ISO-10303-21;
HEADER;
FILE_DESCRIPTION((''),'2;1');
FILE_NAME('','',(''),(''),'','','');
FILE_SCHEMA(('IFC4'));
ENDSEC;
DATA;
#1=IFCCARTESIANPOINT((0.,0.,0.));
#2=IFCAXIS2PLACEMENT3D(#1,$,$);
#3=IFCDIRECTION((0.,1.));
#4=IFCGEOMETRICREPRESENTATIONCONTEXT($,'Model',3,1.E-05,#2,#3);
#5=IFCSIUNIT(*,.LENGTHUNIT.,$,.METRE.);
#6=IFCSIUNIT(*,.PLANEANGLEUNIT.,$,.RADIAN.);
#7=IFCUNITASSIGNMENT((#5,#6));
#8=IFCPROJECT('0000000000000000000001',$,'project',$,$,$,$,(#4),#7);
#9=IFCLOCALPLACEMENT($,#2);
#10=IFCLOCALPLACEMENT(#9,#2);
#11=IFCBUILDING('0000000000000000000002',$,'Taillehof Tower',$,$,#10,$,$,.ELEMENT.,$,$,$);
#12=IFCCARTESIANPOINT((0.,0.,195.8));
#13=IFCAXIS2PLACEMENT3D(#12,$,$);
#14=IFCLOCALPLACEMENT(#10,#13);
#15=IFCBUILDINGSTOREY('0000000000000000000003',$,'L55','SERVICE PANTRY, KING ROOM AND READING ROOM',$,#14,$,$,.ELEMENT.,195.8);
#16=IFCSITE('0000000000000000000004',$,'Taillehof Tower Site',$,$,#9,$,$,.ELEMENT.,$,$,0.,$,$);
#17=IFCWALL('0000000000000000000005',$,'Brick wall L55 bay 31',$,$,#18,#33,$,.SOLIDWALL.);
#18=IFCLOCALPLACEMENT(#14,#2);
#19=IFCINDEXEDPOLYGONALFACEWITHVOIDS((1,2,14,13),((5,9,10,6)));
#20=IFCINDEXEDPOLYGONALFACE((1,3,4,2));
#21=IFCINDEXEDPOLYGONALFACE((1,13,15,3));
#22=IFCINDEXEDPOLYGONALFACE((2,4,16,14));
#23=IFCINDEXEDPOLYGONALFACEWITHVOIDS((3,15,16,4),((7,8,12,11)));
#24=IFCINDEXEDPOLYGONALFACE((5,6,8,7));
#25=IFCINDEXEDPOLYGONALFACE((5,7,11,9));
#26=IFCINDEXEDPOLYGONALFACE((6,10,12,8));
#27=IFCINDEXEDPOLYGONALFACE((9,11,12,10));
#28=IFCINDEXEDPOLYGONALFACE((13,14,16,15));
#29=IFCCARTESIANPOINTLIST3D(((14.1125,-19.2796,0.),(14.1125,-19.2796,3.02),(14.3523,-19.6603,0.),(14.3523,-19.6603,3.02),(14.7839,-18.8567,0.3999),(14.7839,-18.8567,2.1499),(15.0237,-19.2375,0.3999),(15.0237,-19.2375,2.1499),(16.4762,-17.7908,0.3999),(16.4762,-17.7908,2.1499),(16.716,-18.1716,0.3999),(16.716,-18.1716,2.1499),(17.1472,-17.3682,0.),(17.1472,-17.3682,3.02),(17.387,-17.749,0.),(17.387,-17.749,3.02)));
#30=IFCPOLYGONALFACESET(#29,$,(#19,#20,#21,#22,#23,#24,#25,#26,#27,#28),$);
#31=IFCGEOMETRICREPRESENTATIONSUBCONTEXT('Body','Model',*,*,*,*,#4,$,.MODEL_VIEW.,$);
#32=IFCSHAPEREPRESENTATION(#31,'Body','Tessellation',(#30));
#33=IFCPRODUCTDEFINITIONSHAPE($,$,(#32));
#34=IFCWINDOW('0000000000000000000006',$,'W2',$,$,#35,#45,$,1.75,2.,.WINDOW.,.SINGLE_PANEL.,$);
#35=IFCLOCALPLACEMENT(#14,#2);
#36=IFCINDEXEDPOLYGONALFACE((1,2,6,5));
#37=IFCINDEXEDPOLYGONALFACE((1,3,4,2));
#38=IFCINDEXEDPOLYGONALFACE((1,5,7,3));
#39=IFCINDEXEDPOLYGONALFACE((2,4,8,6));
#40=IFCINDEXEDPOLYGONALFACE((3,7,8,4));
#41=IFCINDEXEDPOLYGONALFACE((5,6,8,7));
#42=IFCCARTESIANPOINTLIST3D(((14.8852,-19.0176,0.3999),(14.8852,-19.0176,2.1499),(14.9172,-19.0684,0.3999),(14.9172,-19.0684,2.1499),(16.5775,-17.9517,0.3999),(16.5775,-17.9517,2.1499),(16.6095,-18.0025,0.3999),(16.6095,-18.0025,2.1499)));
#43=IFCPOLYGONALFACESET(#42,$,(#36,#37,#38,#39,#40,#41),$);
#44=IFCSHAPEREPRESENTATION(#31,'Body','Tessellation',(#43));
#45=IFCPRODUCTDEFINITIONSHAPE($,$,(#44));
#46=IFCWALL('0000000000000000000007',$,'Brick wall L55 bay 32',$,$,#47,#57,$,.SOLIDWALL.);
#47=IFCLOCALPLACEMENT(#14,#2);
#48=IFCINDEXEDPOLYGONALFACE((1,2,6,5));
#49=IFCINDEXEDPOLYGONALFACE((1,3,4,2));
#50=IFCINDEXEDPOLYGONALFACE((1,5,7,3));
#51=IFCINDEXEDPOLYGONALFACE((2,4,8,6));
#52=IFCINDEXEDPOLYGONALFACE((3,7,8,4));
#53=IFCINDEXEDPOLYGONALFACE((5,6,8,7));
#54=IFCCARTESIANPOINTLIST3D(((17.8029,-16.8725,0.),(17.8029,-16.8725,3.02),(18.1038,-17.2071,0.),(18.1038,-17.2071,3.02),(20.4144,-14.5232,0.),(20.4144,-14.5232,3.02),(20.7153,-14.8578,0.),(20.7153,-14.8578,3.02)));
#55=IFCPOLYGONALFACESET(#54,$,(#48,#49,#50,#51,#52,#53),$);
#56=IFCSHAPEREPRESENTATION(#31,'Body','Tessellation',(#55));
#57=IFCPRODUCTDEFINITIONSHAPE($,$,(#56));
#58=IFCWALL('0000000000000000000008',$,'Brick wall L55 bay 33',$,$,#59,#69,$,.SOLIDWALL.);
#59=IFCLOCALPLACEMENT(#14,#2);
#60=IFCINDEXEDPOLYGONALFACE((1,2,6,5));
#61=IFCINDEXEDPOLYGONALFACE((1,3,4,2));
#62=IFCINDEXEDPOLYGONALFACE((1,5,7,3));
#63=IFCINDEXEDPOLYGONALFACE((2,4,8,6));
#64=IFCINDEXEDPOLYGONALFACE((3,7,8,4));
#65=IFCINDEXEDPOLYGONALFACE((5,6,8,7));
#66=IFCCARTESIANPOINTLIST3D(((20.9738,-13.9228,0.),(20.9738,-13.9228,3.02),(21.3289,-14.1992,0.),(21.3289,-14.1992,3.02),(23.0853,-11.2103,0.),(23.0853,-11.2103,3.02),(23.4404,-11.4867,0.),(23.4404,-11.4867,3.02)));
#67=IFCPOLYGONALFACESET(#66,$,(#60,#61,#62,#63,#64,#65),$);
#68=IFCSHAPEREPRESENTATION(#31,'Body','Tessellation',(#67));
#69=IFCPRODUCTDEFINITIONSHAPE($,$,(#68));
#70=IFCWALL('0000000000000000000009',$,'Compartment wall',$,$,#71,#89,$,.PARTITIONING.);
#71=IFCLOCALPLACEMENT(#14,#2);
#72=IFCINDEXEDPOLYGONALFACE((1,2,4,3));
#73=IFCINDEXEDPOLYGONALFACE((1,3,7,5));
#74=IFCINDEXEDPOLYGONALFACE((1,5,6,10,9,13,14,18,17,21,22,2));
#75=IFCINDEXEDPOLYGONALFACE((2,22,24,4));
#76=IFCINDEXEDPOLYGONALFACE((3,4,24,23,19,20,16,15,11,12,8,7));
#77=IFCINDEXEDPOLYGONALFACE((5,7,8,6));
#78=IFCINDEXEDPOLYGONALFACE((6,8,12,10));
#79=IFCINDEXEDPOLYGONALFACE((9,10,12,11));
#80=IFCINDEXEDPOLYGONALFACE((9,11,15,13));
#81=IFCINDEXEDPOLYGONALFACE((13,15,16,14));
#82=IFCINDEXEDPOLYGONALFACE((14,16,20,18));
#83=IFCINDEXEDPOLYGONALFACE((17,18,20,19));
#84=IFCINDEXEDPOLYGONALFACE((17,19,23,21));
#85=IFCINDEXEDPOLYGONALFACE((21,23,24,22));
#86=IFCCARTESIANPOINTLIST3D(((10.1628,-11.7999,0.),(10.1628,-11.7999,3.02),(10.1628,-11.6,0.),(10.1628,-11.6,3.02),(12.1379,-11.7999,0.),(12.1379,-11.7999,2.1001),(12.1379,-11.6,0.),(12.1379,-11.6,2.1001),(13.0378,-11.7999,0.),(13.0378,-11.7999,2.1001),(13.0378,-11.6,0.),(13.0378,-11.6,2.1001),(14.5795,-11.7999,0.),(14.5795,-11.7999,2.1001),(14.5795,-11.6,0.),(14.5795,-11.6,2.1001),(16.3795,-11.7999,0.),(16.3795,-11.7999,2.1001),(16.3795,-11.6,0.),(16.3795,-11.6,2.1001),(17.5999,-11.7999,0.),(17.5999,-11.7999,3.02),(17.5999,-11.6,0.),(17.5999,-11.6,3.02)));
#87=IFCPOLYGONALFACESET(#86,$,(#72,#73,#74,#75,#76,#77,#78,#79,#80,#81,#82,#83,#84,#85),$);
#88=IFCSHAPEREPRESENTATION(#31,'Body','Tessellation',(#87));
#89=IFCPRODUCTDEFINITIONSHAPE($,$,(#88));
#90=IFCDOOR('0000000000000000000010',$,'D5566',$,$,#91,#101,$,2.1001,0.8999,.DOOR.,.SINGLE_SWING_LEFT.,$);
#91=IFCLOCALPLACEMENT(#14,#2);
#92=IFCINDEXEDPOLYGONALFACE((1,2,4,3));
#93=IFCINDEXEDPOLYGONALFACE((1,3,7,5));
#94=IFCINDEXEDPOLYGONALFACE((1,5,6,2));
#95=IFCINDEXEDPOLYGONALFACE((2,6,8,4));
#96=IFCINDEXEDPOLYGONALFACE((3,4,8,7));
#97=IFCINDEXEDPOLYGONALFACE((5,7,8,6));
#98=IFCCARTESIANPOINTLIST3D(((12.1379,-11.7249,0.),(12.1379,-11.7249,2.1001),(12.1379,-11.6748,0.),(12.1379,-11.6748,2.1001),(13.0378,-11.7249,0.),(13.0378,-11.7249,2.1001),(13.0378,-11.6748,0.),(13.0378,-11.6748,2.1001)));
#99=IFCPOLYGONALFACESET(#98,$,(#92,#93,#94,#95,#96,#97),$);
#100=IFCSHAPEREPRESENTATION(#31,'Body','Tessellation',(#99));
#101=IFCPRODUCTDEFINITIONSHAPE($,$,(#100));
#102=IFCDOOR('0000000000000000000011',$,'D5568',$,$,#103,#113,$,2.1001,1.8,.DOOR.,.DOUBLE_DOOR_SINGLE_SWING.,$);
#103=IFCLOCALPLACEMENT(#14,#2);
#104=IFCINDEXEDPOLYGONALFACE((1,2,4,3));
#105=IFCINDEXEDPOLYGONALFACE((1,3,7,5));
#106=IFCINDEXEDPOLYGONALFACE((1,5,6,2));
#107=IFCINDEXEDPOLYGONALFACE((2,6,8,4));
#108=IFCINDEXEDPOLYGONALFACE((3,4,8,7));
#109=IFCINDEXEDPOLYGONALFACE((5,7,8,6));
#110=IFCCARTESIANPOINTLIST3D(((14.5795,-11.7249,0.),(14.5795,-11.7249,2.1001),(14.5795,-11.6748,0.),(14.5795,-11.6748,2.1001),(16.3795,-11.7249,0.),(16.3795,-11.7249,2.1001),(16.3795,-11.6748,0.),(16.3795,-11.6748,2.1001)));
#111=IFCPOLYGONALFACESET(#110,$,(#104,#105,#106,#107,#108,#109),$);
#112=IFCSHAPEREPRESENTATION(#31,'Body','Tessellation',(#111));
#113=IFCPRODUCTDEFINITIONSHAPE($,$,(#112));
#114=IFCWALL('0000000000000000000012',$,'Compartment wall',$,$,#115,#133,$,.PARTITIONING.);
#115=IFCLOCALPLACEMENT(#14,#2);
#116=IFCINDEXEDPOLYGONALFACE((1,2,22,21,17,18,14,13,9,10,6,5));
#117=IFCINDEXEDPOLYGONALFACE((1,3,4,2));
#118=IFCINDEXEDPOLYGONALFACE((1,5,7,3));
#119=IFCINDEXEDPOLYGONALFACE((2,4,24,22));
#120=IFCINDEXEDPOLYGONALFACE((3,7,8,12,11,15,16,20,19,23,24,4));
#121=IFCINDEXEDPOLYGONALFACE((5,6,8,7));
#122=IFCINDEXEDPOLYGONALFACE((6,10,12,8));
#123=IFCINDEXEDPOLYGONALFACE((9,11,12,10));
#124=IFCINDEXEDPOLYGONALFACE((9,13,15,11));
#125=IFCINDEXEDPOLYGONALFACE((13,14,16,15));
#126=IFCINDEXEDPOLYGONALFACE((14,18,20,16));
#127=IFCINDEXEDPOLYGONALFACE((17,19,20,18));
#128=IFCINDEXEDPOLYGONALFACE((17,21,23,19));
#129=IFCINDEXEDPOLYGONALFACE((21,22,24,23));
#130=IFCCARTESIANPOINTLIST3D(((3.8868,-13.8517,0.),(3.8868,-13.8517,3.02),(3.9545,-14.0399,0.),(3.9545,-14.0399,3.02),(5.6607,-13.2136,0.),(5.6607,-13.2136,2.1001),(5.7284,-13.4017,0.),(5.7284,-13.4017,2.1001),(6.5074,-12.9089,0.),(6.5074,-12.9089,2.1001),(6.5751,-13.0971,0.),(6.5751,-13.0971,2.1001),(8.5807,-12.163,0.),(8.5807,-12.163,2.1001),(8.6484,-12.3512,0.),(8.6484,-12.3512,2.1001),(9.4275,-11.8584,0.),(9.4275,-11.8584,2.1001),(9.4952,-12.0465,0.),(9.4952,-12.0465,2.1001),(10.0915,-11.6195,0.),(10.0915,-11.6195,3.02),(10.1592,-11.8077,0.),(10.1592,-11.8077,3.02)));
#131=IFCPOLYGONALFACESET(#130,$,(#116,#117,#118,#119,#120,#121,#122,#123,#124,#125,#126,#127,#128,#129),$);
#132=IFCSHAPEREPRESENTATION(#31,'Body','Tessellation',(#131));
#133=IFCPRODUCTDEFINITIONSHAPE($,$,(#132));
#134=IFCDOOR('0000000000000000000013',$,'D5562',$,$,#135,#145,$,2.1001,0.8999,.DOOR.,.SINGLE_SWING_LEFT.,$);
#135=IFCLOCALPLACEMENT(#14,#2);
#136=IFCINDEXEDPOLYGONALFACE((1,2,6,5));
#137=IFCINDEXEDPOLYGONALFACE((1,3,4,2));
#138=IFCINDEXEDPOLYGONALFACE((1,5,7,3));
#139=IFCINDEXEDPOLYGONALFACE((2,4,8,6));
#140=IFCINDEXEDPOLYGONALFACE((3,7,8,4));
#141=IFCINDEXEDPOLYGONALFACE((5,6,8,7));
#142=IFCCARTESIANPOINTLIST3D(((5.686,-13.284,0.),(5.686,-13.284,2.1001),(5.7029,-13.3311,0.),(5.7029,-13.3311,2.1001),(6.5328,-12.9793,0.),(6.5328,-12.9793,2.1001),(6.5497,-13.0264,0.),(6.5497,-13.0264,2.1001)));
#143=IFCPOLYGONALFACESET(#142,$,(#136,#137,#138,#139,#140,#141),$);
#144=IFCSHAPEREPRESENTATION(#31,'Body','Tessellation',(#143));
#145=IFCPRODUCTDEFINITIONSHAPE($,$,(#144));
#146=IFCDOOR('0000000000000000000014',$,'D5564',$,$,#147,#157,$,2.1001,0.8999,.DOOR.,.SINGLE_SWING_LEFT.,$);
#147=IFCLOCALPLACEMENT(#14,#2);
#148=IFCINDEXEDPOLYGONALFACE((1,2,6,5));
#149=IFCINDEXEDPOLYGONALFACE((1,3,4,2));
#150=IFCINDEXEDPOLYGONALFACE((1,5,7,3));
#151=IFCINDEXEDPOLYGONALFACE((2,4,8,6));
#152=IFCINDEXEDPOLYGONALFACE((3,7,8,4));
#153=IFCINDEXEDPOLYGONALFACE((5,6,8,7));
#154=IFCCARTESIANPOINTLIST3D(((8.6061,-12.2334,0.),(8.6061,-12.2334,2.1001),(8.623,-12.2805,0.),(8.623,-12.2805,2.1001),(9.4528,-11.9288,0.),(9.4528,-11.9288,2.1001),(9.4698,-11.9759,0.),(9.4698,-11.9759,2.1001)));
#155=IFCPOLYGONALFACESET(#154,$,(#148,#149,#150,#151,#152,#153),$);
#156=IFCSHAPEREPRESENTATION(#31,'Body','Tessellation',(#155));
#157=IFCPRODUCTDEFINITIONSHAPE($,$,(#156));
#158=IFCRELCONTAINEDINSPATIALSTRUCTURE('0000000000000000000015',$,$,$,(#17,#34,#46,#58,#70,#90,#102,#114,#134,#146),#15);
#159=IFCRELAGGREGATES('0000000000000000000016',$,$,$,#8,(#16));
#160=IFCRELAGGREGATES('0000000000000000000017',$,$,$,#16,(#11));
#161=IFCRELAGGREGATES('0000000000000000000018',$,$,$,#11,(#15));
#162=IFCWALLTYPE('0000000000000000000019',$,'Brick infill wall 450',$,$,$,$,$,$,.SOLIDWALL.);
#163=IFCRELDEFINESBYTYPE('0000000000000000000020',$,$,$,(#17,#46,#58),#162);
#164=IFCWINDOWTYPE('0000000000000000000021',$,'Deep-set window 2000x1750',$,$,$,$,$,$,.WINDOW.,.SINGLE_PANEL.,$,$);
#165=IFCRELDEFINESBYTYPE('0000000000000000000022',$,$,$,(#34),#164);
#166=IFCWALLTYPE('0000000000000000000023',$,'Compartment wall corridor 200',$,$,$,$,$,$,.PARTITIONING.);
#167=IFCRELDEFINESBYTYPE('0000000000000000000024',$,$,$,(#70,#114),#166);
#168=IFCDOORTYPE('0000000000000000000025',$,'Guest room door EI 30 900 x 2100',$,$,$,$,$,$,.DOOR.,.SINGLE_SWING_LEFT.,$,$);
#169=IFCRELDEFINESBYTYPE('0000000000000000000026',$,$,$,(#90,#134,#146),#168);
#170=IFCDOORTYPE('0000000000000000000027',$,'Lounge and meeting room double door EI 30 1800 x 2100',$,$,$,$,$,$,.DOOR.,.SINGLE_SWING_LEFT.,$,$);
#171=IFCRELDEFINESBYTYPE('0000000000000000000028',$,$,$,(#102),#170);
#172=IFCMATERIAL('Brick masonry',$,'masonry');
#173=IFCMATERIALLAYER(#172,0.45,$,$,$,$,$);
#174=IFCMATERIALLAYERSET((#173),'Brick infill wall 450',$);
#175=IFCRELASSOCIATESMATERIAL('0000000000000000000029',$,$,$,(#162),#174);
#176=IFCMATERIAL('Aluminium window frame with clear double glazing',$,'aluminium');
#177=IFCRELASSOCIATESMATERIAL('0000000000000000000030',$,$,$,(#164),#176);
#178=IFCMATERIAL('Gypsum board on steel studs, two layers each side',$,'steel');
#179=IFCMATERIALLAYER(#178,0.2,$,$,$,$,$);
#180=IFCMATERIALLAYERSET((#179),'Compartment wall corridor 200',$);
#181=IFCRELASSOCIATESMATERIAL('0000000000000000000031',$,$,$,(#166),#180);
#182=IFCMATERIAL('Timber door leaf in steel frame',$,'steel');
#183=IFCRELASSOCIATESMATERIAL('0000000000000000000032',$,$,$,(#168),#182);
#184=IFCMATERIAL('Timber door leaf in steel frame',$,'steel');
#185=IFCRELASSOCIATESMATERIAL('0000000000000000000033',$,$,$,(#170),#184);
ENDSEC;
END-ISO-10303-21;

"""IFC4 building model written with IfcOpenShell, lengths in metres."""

from ifc_helpers import new_model, si_unit, direction, frame, frame_2d, origin, place, context, subcontext, project, spatial, rectangle, extrude, material, layer, layer_set, type_object, element, fill, save


model = new_model("IFC4")

# Units and contexts
model_context = context("Model", 3, precision=1e-05, world=origin(), true_north=direction((0.0, 1.0)))
body_context = subcontext(model_context, "Body", "Model", "MODEL_VIEW")
ifc_project = project(units=[si_unit("LENGTHUNIT", "METRE"), si_unit("PLANEANGLEUNIT", "RADIAN")], contexts=[model_context])

# Site, building, storey
site_placement = place(None, origin())
site = spatial("IfcSite", under=ifc_project, at=site_placement, Name="Taillehof Tower Site", CompositionType="ELEMENT", RefElevation=0.0)
building_placement = place(site_placement, origin())
building = spatial("IfcBuilding", under=site, at=building_placement, Name="Taillehof Tower", CompositionType="ELEMENT")
storey_placement = place(building_placement, frame((0.0, 0.0, 195.8)))
storey = spatial("IfcBuildingStorey", under=building, at=storey_placement, Name="L55", Description="SERVICE PANTRY, KING ROOM AND READING ROOM", CompositionType="ELEMENT", Elevation=195.8)

# Wall, opening, window
ifc_material_1 = material(Name="Brick masonry", Category="masonry")
ifc_layer_1 = layer(ifc_material_1, 0.45)
ifc_layer_set_1 = layer_set([ifc_layer_1], Name="Brick infill wall 450")
wall_type_1 = type_object("IfcWallType", Name="Brick infill wall 450", PredefinedType="SOLIDWALL", material=ifc_layer_set_1)
ifc_material_2 = material(Name="Aluminium window frame with clear double glazing", Category="aluminium")
window_type = type_object("IfcWindowType", Name="Deep-set window 2000x1750", PartitioningType="SINGLE_PANEL", PredefinedType="WINDOW", material=ifc_material_2)
wall_1_placement = place(storey_placement, frame((14.2324, -19.47, 0.0), z_axis=(0.0, 0.0, 1.0), x_axis=(0.84615, 0.532945, 0.0)))
wall_1 = element("IfcWall", 1, at=wall_1_placement, inside=storey, type_object=wall_type_1, Name="Brick wall L55 bay 31", PredefinedType="SOLIDWALL", context=body_context, shape_type="SweptSolid", body=[
    extrude(rectangle(XDim=3.5864, YDim=0.45, at=frame_2d((1.7932, 0.0))), origin(), (0.0, 0.0, 1.0), 3.02),
])
opening_1_placement = place(wall_1_placement, frame((0.7935, 0.0, 0.3999)))
opening_1 = element("IfcOpeningElement", 2, at=opening_1_placement, cuts=wall_1, PredefinedType="OPENING", context=body_context, shape_type="SweptSolid", body=[
    extrude(rectangle(XDim=2.0, YDim=1.75, at=frame_2d((1.0, 0.875))), frame((0.0, 0.2349, 0.0), z_axis=(0.0, -1.0, 0.0), x_axis=(1.0, 0.0, 0.0)), (0.0, 0.0, 1.0), 0.47),
])
window_1_placement = place(opening_1_placement, origin())
window_1 = element("IfcWindow", 3, at=window_1_placement, inside=storey, type_object=window_type, Name="W2", OverallHeight=1.75, OverallWidth=2.0, PartitioningType="SINGLE_PANEL", PredefinedType="WINDOW", context=body_context, shape_type="SweptSolid", body=[
    extrude(rectangle(XDim=2.0, YDim=1.75, at=frame_2d((1.0, 0.875))), frame((0.0, 0.0349, 0.0), z_axis=(0.0, -1.0, 0.0), x_axis=(1.0, 0.0, 0.0)), (0.0, 0.0, 1.0), 0.0601),
])
fill(opening_1, window_1)

# Walls
wall_2_placement = place(storey_placement, frame((17.9534, -17.0398, 0.0), z_axis=(0.0, 0.0, 1.0), x_axis=(0.743443, 0.6688, 0.0)))
element("IfcWall", 4, at=wall_2_placement, inside=storey, type_object=wall_type_1, Name="Brick wall L55 bay 32", PredefinedType="SOLIDWALL", context=body_context, shape_type="SweptSolid", body=[
    extrude(rectangle(XDim=3.5127, YDim=0.45, at=frame_2d((1.7563, 0.0))), origin(), (0.0, 0.0, 1.0), 3.02),
])
wall_3_placement = place(storey_placement, frame((21.1514, -14.061, 0.0), z_axis=(0.0, 0.0, 1.0), x_axis=(0.614255, 0.789107, 0.0)))
element("IfcWall", 5, at=wall_3_placement, inside=storey, type_object=wall_type_1, Name="Brick wall L55 bay 33", PredefinedType="SOLIDWALL", context=body_context, shape_type="SweptSolid", body=[
    extrude(rectangle(XDim=3.4375, YDim=0.45, at=frame_2d((1.7188, 0.0))), origin(), (0.0, 0.0, 1.0), 3.02),
])

# Walls, openings, doors
ifc_material_3 = material(Name="Gypsum board on steel studs, two layers each side", Category="steel")
ifc_layer_2 = layer(ifc_material_3, 0.2)
ifc_layer_set_2 = layer_set([ifc_layer_2], Name="Compartment wall corridor 200")
wall_type_2 = type_object("IfcWallType", Name="Compartment wall corridor 200", PredefinedType="PARTITIONING", material=ifc_layer_set_2)
wall_4_placement = place(storey_placement, frame((17.5999, -11.7, 0.0), z_axis=(0.0, 0.0, 1.0), x_axis=(-1.0, 0.0, 0.0)))
wall_4 = element("IfcWall", 6, at=wall_4_placement, inside=storey, type_object=wall_type_2, Name="Compartment wall", PredefinedType="PARTITIONING", context=body_context, shape_type="SweptSolid", body=[
    extrude(rectangle(XDim=7.437, YDim=0.2, at=frame_2d((3.7185, 0.0))), origin(), (0.0, 0.0, 1.0), 3.02),
])
opening_2_placement = place(wall_4_placement, frame((4.562, 0.0, 0.0)))
opening_2 = element("IfcOpeningElement", 7, at=opening_2_placement, cuts=wall_4, PredefinedType="OPENING", context=body_context, shape_type="SweptSolid", body=[
    extrude(rectangle(XDim=0.8999, YDim=2.1001, at=frame_2d((0.45, 1.05))), frame((0.0, 0.1099, 0.0), z_axis=(0.0, -1.0, 0.0), x_axis=(1.0, 0.0, 0.0)), (0.0, 0.0, 1.0), 0.22),
])
opening_3_placement = place(wall_4_placement, frame((1.2205, 0.0, 0.0)))
opening_3 = element("IfcOpeningElement", 8, at=opening_3_placement, cuts=wall_4, PredefinedType="OPENING", context=body_context, shape_type="SweptSolid", body=[
    extrude(rectangle(XDim=1.8, YDim=2.1001, at=frame_2d((0.8999, 1.05))), frame((0.0, 0.1099, 0.0), z_axis=(0.0, -1.0, 0.0), x_axis=(1.0, 0.0, 0.0)), (0.0, 0.0, 1.0), 0.22),
])
ifc_material_4 = material(Name="Timber door leaf in steel frame", Category="steel")
door_type_1 = type_object("IfcDoorType", Name="Guest room door EI 30 900 x 2100", OperationType="SINGLE_SWING_LEFT", PredefinedType="DOOR", material=ifc_material_4)
door_1_placement = place(opening_2_placement, origin())
door_1 = element("IfcDoor", 9, at=door_1_placement, inside=storey, type_object=door_type_1, Name="D5566", OperationType="SINGLE_SWING_LEFT", OverallHeight=2.1001, OverallWidth=0.8999, PredefinedType="DOOR", context=body_context, shape_type="SweptSolid", body=[
    extrude(rectangle(XDim=0.8999, YDim=2.1001, at=frame_2d((0.45, 1.05))), frame((0.0, 0.0249, 0.0), z_axis=(0.0, -1.0, 0.0), x_axis=(1.0, 0.0, 0.0)), (0.0, 0.0, 1.0), 0.05),
])
fill(opening_2, door_1)
ifc_material_5 = material(Name="Timber door leaf in steel frame", Category="steel")
door_type_2 = type_object("IfcDoorType", Name="Lounge and meeting room double door EI 30 1800 x 2100", OperationType="SINGLE_SWING_LEFT", PredefinedType="DOOR", material=ifc_material_5)
door_2_placement = place(opening_3_placement, origin())
door_2 = element("IfcDoor", 10, at=door_2_placement, inside=storey, type_object=door_type_2, Name="D5568", OperationType="DOUBLE_DOOR_SINGLE_SWING", OverallHeight=2.1001, OverallWidth=1.8, PredefinedType="DOOR", context=body_context, shape_type="SweptSolid", body=[
    extrude(rectangle(XDim=1.8, YDim=2.1001, at=frame_2d((0.8999, 1.05))), frame((0.0, 0.0249, 0.0), z_axis=(0.0, -1.0, 0.0), x_axis=(1.0, 0.0, 0.0)), (0.0, 0.0, 1.0), 0.05),
])
fill(opening_3, door_2)
wall_5_placement = place(storey_placement, frame((10.1252, -11.7136, 0.0), z_axis=(0.0, 0.0, 1.0), x_axis=(-0.940959, -0.338521, 0.0)))
wall_5 = element("IfcWall", 11, at=wall_5_placement, inside=storey, type_object=wall_type_2, Name="Compartment wall", PredefinedType="PARTITIONING", context=body_context, shape_type="SweptSolid", body=[
    extrude(rectangle(XDim=6.594, YDim=0.2, at=frame_2d((3.2969, 0.0))), origin(), (0.0, 0.0, 1.0), 3.02),
])
opening_4_placement = place(wall_5_placement, frame((3.8088, 0.0, 0.0)))
opening_4 = element("IfcOpeningElement", 12, at=opening_4_placement, cuts=wall_5, PredefinedType="OPENING", context=body_context, shape_type="SweptSolid", body=[
    extrude(rectangle(XDim=0.8999, YDim=2.1001, at=frame_2d((0.45, 1.05))), frame((0.0, 0.1099, 0.0), z_axis=(0.0, -1.0, 0.0), x_axis=(1.0, 0.0, 0.0)), (0.0, 0.0, 1.0), 0.22),
])
opening_5_placement = place(wall_5_placement, frame((0.7056, 0.0, 0.0)))
opening_5 = element("IfcOpeningElement", 13, at=opening_5_placement, cuts=wall_5, PredefinedType="OPENING", context=body_context, shape_type="SweptSolid", body=[
    extrude(rectangle(XDim=0.8999, YDim=2.1001, at=frame_2d((0.45, 1.05))), frame((0.0, 0.1099, 0.0), z_axis=(0.0, -1.0, 0.0), x_axis=(1.0, 0.0, 0.0)), (0.0, 0.0, 1.0), 0.22),
])
door_3_placement = place(opening_4_placement, origin())
door_3 = element("IfcDoor", 14, at=door_3_placement, inside=storey, type_object=door_type_1, Name="D5562", OperationType="SINGLE_SWING_LEFT", OverallHeight=2.1001, OverallWidth=0.8999, PredefinedType="DOOR", context=body_context, shape_type="SweptSolid", body=[
    extrude(rectangle(XDim=0.8999, YDim=2.1001, at=frame_2d((0.45, 1.05))), frame((0.0, 0.0249, 0.0), z_axis=(0.0, -1.0, 0.0), x_axis=(1.0, 0.0, 0.0)), (0.0, 0.0, 1.0), 0.05),
])
fill(opening_4, door_3)
door_4_placement = place(opening_5_placement, origin())
door_4 = element("IfcDoor", 15, at=door_4_placement, inside=storey, type_object=door_type_1, Name="D5564", OperationType="SINGLE_SWING_LEFT", OverallHeight=2.1001, OverallWidth=0.8999, PredefinedType="DOOR", context=body_context, shape_type="SweptSolid", body=[
    extrude(rectangle(XDim=0.8999, YDim=2.1001, at=frame_2d((0.45, 1.05))), frame((0.0, 0.0249, 0.0), z_axis=(0.0, -1.0, 0.0), x_axis=(1.0, 0.0, 0.0)), (0.0, 0.0, 1.0), 0.05),
])
fill(opening_5, door_4)

save(model, "model.ifc")
